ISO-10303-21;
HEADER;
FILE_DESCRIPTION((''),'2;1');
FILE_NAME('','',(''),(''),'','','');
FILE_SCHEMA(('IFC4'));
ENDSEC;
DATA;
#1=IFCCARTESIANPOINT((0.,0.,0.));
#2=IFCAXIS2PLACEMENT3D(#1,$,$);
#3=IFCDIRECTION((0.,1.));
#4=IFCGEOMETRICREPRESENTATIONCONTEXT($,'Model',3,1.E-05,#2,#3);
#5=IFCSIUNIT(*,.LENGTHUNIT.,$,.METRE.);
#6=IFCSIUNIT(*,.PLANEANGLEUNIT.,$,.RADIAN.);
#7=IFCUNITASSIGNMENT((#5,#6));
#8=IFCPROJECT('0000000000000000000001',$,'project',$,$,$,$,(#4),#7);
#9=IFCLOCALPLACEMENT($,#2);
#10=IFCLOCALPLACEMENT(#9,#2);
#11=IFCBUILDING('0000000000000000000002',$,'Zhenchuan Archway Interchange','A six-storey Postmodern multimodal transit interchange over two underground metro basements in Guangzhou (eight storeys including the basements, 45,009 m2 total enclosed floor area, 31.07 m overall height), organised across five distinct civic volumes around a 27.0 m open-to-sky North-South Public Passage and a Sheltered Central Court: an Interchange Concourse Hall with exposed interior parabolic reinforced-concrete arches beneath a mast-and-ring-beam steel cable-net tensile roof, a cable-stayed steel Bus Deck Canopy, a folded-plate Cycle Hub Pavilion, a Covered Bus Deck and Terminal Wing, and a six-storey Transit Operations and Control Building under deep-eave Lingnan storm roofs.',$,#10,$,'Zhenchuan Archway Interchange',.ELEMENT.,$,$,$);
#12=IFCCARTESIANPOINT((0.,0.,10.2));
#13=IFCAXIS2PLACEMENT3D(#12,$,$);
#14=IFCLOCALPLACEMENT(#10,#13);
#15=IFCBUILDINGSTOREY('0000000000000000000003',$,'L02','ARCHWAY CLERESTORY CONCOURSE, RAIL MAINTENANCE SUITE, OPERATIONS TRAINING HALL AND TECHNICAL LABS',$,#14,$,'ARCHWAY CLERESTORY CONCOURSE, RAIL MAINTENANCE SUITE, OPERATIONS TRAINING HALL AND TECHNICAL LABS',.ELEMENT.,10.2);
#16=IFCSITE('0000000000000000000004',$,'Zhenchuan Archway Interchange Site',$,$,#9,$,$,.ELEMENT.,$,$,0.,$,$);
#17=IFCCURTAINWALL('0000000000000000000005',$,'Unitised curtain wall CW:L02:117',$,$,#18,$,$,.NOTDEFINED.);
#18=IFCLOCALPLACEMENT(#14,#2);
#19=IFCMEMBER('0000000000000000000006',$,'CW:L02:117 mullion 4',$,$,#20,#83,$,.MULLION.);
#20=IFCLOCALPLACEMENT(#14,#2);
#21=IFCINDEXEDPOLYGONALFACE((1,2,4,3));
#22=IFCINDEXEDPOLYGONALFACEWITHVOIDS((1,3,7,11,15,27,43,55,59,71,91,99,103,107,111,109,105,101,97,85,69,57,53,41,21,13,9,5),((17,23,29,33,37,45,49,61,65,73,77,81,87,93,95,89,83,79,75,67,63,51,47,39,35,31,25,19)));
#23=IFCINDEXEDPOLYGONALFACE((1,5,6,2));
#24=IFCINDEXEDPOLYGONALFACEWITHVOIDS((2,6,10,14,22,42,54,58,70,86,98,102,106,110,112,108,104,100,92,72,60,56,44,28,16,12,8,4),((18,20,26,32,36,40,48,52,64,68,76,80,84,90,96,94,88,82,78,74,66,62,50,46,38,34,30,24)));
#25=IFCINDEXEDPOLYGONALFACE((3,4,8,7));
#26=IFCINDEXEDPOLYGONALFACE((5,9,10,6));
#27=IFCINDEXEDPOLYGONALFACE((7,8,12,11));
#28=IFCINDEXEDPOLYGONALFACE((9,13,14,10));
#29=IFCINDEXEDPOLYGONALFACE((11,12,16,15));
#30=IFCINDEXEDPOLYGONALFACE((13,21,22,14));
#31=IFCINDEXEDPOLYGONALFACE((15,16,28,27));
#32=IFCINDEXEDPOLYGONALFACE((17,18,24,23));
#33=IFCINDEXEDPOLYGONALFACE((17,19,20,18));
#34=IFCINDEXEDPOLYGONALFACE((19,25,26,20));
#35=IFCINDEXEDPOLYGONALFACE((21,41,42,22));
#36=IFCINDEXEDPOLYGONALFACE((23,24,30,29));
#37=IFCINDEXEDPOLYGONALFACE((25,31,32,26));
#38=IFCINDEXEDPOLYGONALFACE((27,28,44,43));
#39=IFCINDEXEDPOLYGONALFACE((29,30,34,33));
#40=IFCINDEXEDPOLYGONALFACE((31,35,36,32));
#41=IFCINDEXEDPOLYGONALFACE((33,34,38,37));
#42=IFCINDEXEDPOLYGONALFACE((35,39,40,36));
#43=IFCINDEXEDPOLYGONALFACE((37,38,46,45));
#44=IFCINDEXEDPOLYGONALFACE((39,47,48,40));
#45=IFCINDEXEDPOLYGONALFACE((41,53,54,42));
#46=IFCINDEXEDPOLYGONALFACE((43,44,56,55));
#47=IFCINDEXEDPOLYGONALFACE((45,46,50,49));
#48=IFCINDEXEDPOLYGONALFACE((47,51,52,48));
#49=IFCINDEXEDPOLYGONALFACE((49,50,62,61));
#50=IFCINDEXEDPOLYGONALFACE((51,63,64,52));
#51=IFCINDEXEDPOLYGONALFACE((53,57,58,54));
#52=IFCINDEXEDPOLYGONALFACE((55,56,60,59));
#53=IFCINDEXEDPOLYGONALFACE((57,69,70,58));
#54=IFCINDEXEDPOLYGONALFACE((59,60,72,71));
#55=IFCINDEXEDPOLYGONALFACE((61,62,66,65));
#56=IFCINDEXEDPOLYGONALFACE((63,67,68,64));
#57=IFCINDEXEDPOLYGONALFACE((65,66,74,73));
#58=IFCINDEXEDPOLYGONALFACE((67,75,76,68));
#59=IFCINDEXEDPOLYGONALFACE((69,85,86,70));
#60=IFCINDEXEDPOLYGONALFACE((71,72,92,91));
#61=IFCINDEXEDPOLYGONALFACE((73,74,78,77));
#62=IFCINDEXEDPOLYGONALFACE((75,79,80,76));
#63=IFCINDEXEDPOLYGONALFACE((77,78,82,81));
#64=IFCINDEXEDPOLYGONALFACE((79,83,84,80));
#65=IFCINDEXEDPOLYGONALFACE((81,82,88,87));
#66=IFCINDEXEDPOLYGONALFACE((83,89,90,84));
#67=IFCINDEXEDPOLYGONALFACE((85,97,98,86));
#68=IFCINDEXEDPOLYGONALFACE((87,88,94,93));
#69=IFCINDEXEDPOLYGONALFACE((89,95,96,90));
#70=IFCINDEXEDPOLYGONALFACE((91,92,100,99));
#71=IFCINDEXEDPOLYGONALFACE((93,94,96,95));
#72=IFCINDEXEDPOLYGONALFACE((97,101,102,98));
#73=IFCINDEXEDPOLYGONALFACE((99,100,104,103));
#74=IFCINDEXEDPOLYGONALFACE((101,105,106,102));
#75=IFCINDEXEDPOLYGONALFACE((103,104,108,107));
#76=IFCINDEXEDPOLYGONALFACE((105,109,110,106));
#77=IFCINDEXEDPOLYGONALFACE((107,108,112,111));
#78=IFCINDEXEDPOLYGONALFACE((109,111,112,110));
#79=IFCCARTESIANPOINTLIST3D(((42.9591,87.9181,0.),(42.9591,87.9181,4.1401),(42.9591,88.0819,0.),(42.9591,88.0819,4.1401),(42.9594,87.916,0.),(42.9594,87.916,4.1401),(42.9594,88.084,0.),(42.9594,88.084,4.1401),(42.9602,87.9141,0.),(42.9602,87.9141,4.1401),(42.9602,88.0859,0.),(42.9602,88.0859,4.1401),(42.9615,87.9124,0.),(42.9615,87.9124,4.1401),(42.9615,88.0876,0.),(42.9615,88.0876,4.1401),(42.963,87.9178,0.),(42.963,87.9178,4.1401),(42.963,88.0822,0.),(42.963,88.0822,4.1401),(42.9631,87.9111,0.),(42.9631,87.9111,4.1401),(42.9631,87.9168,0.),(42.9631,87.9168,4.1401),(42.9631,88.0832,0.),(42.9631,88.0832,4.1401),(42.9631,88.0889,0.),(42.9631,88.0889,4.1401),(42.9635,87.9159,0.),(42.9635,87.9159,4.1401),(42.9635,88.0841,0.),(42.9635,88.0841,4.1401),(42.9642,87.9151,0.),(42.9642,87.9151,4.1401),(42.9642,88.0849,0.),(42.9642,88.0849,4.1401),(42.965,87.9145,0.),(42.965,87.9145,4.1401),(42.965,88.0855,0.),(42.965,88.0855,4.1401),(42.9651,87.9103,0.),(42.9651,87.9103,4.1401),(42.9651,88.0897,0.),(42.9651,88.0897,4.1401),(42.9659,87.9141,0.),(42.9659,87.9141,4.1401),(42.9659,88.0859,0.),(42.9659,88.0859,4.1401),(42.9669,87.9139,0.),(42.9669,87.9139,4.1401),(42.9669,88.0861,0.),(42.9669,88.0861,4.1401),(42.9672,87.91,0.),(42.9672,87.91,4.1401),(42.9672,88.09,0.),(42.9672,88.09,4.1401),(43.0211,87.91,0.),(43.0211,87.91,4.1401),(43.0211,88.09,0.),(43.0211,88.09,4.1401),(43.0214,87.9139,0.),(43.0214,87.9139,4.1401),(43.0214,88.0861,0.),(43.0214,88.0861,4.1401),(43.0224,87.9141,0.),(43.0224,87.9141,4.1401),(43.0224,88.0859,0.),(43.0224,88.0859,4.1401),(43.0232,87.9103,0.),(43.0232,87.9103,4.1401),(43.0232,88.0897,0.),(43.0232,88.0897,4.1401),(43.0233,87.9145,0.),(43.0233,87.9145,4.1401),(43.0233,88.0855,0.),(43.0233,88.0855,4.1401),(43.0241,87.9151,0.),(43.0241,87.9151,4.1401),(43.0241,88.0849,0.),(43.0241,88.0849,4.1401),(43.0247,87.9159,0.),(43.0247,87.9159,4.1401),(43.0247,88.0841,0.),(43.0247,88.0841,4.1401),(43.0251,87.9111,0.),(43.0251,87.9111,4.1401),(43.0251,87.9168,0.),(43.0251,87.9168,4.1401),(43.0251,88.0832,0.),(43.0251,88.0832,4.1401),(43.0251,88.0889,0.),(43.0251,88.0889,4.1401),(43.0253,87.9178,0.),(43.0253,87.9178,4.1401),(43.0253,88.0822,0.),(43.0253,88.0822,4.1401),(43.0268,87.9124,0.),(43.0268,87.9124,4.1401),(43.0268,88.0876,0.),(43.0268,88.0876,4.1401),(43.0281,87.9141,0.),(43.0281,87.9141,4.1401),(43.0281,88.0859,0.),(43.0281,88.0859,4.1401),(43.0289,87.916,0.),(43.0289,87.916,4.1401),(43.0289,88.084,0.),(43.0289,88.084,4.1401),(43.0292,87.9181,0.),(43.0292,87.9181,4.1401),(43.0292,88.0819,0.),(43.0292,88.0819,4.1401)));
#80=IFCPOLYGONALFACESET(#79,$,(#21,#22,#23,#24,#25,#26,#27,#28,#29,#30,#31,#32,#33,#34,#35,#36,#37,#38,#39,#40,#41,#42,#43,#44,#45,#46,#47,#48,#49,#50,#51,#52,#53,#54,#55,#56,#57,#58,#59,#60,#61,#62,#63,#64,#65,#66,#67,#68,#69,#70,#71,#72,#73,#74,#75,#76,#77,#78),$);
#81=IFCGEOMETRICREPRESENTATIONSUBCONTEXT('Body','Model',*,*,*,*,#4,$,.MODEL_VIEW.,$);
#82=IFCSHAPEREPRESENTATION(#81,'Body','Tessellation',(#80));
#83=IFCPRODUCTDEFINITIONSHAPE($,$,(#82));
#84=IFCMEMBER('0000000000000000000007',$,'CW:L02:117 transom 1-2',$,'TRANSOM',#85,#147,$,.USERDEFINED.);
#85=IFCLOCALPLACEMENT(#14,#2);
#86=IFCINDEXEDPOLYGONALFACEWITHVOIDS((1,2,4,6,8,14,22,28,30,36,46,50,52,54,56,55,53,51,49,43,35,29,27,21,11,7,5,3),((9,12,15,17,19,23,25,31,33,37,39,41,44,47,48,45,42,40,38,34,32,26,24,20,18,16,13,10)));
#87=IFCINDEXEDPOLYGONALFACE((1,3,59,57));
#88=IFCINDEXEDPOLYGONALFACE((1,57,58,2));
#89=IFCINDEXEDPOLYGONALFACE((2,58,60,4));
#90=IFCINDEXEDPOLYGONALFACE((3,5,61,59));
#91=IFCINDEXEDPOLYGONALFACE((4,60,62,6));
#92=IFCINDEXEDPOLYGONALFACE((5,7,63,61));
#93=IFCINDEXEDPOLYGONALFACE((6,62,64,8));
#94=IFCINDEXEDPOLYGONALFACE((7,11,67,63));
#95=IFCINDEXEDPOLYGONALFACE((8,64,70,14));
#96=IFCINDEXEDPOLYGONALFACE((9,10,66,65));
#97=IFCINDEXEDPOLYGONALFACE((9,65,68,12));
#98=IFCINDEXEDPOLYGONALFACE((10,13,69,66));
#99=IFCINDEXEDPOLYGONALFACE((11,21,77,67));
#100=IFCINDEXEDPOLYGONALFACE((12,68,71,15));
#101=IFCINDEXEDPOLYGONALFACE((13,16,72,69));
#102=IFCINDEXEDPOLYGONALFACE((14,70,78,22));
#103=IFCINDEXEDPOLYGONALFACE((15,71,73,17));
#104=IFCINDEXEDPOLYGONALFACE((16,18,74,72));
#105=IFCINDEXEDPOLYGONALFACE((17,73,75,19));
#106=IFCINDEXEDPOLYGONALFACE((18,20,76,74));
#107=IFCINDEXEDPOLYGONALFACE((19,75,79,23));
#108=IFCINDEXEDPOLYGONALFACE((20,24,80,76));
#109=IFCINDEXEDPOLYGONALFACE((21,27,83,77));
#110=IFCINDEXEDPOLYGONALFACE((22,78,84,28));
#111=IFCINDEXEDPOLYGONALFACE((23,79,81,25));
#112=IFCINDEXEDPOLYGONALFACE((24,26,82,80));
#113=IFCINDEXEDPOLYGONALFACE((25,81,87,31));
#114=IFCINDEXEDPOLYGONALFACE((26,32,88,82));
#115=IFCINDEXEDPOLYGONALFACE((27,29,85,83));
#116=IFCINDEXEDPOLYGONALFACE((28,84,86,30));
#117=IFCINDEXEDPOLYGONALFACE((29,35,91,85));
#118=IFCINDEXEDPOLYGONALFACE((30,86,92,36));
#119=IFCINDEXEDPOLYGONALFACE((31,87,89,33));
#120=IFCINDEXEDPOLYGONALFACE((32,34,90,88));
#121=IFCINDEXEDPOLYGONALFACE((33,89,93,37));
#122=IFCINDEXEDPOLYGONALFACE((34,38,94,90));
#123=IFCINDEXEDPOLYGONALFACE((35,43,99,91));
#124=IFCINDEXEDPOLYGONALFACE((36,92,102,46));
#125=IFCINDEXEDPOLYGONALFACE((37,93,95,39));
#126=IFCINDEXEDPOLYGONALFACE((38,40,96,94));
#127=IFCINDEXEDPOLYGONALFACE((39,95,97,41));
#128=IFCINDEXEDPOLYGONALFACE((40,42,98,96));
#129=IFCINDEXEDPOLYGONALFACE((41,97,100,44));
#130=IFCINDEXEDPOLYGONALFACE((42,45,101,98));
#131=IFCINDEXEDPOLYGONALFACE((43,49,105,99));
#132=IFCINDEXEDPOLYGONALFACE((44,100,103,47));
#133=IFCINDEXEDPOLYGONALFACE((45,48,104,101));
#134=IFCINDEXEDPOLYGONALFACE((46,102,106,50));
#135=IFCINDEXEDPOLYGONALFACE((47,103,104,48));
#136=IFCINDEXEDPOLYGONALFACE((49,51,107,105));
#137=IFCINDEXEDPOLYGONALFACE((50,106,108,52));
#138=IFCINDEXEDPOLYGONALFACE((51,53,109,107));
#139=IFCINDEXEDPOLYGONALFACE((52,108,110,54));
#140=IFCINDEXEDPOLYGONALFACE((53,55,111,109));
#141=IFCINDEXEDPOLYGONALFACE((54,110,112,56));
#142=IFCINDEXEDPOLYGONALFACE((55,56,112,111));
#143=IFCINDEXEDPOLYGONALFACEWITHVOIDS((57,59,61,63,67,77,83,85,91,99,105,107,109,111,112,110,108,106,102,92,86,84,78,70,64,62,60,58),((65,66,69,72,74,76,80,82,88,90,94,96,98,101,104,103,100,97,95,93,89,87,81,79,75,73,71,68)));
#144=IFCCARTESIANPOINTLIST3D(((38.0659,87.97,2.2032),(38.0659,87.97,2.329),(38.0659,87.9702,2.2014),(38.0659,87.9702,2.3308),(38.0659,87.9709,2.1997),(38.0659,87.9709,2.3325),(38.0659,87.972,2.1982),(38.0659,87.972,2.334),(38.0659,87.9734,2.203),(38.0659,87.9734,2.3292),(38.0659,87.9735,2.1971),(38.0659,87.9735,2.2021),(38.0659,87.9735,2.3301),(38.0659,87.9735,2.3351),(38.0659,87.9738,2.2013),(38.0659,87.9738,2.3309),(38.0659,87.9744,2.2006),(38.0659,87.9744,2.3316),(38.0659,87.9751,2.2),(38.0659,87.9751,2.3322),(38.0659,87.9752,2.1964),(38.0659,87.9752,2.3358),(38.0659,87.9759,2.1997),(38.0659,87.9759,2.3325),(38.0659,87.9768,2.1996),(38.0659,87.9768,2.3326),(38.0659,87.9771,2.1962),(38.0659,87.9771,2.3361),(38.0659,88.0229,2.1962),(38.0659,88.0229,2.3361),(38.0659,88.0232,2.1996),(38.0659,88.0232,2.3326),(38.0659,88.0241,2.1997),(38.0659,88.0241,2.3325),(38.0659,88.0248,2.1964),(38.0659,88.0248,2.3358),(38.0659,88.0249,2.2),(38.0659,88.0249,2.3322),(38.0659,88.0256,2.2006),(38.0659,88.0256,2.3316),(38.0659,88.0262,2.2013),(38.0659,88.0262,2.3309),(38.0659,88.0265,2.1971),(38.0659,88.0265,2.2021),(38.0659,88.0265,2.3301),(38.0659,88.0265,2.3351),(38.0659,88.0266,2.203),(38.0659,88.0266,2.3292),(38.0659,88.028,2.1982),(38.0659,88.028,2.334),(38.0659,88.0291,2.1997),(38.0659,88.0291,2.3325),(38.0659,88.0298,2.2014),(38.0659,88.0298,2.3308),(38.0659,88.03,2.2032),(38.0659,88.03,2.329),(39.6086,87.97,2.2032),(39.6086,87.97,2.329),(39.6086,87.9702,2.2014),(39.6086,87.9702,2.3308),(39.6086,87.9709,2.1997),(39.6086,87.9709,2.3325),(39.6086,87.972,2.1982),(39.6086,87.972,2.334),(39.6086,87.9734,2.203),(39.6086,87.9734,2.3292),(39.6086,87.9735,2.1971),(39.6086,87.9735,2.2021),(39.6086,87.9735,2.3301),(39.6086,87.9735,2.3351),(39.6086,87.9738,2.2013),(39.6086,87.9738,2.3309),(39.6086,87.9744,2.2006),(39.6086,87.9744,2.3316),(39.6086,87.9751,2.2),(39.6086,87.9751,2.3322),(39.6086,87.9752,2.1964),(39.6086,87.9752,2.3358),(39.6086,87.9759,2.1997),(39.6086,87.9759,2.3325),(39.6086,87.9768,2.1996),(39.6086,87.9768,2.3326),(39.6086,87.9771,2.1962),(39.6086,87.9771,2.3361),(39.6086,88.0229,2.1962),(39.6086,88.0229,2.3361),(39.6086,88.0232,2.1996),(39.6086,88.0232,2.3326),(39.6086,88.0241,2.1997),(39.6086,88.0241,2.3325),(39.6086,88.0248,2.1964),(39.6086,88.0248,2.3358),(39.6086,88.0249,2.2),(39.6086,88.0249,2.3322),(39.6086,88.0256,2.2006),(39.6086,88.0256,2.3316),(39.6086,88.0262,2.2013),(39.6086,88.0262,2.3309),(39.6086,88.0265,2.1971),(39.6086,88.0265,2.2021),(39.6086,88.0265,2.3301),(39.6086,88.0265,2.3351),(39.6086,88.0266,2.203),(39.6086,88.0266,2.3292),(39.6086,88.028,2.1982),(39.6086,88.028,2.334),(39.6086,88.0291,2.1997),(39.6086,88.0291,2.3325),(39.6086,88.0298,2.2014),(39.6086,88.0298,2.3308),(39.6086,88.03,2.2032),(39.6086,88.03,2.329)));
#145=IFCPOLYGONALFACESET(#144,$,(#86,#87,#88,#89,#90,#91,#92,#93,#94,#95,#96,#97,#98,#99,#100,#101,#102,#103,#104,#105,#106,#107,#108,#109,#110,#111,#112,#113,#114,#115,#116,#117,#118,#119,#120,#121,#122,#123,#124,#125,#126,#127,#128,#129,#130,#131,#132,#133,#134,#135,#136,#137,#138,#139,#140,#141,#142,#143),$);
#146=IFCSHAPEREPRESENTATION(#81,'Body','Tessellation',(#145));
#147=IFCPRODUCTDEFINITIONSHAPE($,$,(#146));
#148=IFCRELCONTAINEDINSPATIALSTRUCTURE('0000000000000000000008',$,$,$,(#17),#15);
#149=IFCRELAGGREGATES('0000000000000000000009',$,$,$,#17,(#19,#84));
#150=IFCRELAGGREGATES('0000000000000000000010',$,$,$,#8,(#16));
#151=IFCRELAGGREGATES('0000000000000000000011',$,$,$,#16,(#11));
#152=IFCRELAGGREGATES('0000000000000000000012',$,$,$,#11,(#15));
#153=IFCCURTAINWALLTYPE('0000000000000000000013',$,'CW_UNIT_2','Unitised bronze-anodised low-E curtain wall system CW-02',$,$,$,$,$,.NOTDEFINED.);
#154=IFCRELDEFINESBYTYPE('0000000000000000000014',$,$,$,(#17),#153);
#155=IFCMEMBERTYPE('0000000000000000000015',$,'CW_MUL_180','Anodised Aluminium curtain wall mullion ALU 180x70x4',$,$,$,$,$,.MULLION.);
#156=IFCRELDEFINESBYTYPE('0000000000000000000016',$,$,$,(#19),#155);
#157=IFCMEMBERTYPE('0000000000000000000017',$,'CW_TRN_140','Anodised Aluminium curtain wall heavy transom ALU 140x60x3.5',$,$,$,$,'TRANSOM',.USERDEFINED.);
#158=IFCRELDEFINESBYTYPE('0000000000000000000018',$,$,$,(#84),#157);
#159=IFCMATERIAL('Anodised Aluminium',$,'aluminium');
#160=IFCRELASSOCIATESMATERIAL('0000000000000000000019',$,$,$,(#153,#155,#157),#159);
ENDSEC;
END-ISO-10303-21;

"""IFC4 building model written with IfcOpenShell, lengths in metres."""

from ifc_helpers import new_model, si_unit, direction, frame, origin, origin_2d, place, context, subcontext, project, spatial, hollow_rectangle, extrude, material, material_profile, profile_set, type_object, element, aggregate, save


model = new_model("IFC4")

# Units and contexts
model_context = context("Model", 3, precision=1e-05, world=origin(), true_north=direction((0.0, 1.0)))
body_context = subcontext(model_context, "Body", "Model", "MODEL_VIEW")
ifc_project = project(units=[si_unit("LENGTHUNIT", "METRE"), si_unit("PLANEANGLEUNIT", "RADIAN")], contexts=[model_context])

# Site, building, storey
site_placement = place(None, origin())
site = spatial("IfcSite", under=ifc_project, at=site_placement, Name="Zhenchuan Archway Interchange Site", CompositionType="ELEMENT", RefElevation=0.0)
building_placement = place(site_placement, origin())
building = spatial("IfcBuilding", under=site, at=building_placement, Name="Zhenchuan Archway Interchange", Description="A six-storey Postmodern multimodal transit interchange over two underground metro basements in Guangzhou (eight storeys including the basements, 45,009 m2 total enclosed floor area, 31.07 m overall height), organised across five distinct civic volumes around a 27.0 m open-to-sky North-South Public Passage and a Sheltered Central Court: an Interchange Concourse Hall with exposed interior parabolic reinforced-concrete arches beneath a mast-and-ring-beam steel cable-net tensile roof, a cable-stayed steel Bus Deck Canopy, a folded-plate Cycle Hub Pavilion, a Covered Bus Deck and Terminal Wing, and a six-storey Transit Operations and Control Building under deep-eave Lingnan storm roofs.", LongName="Zhenchuan Archway Interchange", CompositionType="ELEMENT")
storey_placement = place(building_placement, frame((0.0, 0.0, 10.2)))
storey = spatial("IfcBuildingStorey", under=building, at=storey_placement, Name="L02", Description="ARCHWAY CLERESTORY CONCOURSE, RAIL MAINTENANCE SUITE, OPERATIONS TRAINING HALL AND TECHNICAL LABS", LongName="ARCHWAY CLERESTORY CONCOURSE, RAIL MAINTENANCE SUITE, OPERATIONS TRAINING HALL AND TECHNICAL LABS", CompositionType="ELEMENT", Elevation=10.2)

# Curtain wall, members
ifc_material_1 = material(Name="Anodised Aluminium", Category="aluminium")
curtain_wall_type = type_object("IfcCurtainWallType", Name="CW_UNIT_2", Description="Unitised bronze-anodised low-E curtain wall system CW-02", PredefinedType="NOTDEFINED", material=ifc_material_1)
curtain_wall_placement = place(storey_placement, origin())
curtain_wall = element("IfcCurtainWall", 1, at=curtain_wall_placement, inside=storey, type_object=curtain_wall_type, Name="Unitised curtain wall CW:L02:117", PredefinedType="NOTDEFINED")
ifc_material_profile_1 = material_profile(ifc_material_1, hollow_rectangle(XDim=0.0701, YDim=0.1799, WallThickness=0.0039, InnerFilletRadius=0.0039, OuterFilletRadius=0.0081, at=origin_2d()), Name="ALU 180x70x4")
ifc_profile_set_1 = profile_set([ifc_material_profile_1], Name="Anodised Aluminium")
member_type_1 = type_object("IfcMemberType", Name="CW_MUL_180", Description="Anodised Aluminium curtain wall mullion ALU 180x70x4", PredefinedType="MULLION", material=ifc_profile_set_1)
member_1_placement = place(storey_placement, frame((42.9941, 88.0, 0.0), z_axis=(0.0, 0.0, 1.0), x_axis=(1.0, 0.0, 0.0)))
member_1 = element("IfcMember", 2, at=member_1_placement, type_object=member_type_1, Name="CW:L02:117 mullion 4", PredefinedType="MULLION", context=body_context, shape_type="SweptSolid", body=[
    extrude(hollow_rectangle(XDim=0.0701, YDim=0.1799, WallThickness=0.0039, InnerFilletRadius=0.0039, OuterFilletRadius=0.0081, at=origin_2d()), origin(), (0.0, 0.0, 1.0), 4.1401),
])
ifc_material_profile_2 = material_profile(ifc_material_1, hollow_rectangle(XDim=0.0601, YDim=0.1399, WallThickness=0.0034, InnerFilletRadius=0.0034, OuterFilletRadius=0.0071, at=origin_2d()), Name="ALU 140x60x3.5")
ifc_profile_set_2 = profile_set([ifc_material_profile_2], Name="Anodised Aluminium")
member_type_2 = type_object("IfcMemberType", Name="CW_TRN_140", Description="Anodised Aluminium curtain wall heavy transom ALU 140x60x3.5", ElementType="TRANSOM", PredefinedType="USERDEFINED", material=ifc_profile_set_2)
member_2_placement = place(storey_placement, frame((38.0659, 88.0, 2.2661), z_axis=(1.0, 0.0, 0.0), x_axis=(0.0, 1.0, 0.0)))
member_2 = element("IfcMember", 3, at=member_2_placement, type_object=member_type_2, Name="CW:L02:117 transom 1-2", ObjectType="TRANSOM", PredefinedType="USERDEFINED", context=body_context, shape_type="SweptSolid", body=[
    extrude(hollow_rectangle(XDim=0.0601, YDim=0.1399, WallThickness=0.0034, InnerFilletRadius=0.0034, OuterFilletRadius=0.0071, at=origin_2d()), origin(), (0.0, 0.0, 1.0), 1.5427),
])
aggregate(curtain_wall, [member_1, member_2])

save(model, "model.ifc")
